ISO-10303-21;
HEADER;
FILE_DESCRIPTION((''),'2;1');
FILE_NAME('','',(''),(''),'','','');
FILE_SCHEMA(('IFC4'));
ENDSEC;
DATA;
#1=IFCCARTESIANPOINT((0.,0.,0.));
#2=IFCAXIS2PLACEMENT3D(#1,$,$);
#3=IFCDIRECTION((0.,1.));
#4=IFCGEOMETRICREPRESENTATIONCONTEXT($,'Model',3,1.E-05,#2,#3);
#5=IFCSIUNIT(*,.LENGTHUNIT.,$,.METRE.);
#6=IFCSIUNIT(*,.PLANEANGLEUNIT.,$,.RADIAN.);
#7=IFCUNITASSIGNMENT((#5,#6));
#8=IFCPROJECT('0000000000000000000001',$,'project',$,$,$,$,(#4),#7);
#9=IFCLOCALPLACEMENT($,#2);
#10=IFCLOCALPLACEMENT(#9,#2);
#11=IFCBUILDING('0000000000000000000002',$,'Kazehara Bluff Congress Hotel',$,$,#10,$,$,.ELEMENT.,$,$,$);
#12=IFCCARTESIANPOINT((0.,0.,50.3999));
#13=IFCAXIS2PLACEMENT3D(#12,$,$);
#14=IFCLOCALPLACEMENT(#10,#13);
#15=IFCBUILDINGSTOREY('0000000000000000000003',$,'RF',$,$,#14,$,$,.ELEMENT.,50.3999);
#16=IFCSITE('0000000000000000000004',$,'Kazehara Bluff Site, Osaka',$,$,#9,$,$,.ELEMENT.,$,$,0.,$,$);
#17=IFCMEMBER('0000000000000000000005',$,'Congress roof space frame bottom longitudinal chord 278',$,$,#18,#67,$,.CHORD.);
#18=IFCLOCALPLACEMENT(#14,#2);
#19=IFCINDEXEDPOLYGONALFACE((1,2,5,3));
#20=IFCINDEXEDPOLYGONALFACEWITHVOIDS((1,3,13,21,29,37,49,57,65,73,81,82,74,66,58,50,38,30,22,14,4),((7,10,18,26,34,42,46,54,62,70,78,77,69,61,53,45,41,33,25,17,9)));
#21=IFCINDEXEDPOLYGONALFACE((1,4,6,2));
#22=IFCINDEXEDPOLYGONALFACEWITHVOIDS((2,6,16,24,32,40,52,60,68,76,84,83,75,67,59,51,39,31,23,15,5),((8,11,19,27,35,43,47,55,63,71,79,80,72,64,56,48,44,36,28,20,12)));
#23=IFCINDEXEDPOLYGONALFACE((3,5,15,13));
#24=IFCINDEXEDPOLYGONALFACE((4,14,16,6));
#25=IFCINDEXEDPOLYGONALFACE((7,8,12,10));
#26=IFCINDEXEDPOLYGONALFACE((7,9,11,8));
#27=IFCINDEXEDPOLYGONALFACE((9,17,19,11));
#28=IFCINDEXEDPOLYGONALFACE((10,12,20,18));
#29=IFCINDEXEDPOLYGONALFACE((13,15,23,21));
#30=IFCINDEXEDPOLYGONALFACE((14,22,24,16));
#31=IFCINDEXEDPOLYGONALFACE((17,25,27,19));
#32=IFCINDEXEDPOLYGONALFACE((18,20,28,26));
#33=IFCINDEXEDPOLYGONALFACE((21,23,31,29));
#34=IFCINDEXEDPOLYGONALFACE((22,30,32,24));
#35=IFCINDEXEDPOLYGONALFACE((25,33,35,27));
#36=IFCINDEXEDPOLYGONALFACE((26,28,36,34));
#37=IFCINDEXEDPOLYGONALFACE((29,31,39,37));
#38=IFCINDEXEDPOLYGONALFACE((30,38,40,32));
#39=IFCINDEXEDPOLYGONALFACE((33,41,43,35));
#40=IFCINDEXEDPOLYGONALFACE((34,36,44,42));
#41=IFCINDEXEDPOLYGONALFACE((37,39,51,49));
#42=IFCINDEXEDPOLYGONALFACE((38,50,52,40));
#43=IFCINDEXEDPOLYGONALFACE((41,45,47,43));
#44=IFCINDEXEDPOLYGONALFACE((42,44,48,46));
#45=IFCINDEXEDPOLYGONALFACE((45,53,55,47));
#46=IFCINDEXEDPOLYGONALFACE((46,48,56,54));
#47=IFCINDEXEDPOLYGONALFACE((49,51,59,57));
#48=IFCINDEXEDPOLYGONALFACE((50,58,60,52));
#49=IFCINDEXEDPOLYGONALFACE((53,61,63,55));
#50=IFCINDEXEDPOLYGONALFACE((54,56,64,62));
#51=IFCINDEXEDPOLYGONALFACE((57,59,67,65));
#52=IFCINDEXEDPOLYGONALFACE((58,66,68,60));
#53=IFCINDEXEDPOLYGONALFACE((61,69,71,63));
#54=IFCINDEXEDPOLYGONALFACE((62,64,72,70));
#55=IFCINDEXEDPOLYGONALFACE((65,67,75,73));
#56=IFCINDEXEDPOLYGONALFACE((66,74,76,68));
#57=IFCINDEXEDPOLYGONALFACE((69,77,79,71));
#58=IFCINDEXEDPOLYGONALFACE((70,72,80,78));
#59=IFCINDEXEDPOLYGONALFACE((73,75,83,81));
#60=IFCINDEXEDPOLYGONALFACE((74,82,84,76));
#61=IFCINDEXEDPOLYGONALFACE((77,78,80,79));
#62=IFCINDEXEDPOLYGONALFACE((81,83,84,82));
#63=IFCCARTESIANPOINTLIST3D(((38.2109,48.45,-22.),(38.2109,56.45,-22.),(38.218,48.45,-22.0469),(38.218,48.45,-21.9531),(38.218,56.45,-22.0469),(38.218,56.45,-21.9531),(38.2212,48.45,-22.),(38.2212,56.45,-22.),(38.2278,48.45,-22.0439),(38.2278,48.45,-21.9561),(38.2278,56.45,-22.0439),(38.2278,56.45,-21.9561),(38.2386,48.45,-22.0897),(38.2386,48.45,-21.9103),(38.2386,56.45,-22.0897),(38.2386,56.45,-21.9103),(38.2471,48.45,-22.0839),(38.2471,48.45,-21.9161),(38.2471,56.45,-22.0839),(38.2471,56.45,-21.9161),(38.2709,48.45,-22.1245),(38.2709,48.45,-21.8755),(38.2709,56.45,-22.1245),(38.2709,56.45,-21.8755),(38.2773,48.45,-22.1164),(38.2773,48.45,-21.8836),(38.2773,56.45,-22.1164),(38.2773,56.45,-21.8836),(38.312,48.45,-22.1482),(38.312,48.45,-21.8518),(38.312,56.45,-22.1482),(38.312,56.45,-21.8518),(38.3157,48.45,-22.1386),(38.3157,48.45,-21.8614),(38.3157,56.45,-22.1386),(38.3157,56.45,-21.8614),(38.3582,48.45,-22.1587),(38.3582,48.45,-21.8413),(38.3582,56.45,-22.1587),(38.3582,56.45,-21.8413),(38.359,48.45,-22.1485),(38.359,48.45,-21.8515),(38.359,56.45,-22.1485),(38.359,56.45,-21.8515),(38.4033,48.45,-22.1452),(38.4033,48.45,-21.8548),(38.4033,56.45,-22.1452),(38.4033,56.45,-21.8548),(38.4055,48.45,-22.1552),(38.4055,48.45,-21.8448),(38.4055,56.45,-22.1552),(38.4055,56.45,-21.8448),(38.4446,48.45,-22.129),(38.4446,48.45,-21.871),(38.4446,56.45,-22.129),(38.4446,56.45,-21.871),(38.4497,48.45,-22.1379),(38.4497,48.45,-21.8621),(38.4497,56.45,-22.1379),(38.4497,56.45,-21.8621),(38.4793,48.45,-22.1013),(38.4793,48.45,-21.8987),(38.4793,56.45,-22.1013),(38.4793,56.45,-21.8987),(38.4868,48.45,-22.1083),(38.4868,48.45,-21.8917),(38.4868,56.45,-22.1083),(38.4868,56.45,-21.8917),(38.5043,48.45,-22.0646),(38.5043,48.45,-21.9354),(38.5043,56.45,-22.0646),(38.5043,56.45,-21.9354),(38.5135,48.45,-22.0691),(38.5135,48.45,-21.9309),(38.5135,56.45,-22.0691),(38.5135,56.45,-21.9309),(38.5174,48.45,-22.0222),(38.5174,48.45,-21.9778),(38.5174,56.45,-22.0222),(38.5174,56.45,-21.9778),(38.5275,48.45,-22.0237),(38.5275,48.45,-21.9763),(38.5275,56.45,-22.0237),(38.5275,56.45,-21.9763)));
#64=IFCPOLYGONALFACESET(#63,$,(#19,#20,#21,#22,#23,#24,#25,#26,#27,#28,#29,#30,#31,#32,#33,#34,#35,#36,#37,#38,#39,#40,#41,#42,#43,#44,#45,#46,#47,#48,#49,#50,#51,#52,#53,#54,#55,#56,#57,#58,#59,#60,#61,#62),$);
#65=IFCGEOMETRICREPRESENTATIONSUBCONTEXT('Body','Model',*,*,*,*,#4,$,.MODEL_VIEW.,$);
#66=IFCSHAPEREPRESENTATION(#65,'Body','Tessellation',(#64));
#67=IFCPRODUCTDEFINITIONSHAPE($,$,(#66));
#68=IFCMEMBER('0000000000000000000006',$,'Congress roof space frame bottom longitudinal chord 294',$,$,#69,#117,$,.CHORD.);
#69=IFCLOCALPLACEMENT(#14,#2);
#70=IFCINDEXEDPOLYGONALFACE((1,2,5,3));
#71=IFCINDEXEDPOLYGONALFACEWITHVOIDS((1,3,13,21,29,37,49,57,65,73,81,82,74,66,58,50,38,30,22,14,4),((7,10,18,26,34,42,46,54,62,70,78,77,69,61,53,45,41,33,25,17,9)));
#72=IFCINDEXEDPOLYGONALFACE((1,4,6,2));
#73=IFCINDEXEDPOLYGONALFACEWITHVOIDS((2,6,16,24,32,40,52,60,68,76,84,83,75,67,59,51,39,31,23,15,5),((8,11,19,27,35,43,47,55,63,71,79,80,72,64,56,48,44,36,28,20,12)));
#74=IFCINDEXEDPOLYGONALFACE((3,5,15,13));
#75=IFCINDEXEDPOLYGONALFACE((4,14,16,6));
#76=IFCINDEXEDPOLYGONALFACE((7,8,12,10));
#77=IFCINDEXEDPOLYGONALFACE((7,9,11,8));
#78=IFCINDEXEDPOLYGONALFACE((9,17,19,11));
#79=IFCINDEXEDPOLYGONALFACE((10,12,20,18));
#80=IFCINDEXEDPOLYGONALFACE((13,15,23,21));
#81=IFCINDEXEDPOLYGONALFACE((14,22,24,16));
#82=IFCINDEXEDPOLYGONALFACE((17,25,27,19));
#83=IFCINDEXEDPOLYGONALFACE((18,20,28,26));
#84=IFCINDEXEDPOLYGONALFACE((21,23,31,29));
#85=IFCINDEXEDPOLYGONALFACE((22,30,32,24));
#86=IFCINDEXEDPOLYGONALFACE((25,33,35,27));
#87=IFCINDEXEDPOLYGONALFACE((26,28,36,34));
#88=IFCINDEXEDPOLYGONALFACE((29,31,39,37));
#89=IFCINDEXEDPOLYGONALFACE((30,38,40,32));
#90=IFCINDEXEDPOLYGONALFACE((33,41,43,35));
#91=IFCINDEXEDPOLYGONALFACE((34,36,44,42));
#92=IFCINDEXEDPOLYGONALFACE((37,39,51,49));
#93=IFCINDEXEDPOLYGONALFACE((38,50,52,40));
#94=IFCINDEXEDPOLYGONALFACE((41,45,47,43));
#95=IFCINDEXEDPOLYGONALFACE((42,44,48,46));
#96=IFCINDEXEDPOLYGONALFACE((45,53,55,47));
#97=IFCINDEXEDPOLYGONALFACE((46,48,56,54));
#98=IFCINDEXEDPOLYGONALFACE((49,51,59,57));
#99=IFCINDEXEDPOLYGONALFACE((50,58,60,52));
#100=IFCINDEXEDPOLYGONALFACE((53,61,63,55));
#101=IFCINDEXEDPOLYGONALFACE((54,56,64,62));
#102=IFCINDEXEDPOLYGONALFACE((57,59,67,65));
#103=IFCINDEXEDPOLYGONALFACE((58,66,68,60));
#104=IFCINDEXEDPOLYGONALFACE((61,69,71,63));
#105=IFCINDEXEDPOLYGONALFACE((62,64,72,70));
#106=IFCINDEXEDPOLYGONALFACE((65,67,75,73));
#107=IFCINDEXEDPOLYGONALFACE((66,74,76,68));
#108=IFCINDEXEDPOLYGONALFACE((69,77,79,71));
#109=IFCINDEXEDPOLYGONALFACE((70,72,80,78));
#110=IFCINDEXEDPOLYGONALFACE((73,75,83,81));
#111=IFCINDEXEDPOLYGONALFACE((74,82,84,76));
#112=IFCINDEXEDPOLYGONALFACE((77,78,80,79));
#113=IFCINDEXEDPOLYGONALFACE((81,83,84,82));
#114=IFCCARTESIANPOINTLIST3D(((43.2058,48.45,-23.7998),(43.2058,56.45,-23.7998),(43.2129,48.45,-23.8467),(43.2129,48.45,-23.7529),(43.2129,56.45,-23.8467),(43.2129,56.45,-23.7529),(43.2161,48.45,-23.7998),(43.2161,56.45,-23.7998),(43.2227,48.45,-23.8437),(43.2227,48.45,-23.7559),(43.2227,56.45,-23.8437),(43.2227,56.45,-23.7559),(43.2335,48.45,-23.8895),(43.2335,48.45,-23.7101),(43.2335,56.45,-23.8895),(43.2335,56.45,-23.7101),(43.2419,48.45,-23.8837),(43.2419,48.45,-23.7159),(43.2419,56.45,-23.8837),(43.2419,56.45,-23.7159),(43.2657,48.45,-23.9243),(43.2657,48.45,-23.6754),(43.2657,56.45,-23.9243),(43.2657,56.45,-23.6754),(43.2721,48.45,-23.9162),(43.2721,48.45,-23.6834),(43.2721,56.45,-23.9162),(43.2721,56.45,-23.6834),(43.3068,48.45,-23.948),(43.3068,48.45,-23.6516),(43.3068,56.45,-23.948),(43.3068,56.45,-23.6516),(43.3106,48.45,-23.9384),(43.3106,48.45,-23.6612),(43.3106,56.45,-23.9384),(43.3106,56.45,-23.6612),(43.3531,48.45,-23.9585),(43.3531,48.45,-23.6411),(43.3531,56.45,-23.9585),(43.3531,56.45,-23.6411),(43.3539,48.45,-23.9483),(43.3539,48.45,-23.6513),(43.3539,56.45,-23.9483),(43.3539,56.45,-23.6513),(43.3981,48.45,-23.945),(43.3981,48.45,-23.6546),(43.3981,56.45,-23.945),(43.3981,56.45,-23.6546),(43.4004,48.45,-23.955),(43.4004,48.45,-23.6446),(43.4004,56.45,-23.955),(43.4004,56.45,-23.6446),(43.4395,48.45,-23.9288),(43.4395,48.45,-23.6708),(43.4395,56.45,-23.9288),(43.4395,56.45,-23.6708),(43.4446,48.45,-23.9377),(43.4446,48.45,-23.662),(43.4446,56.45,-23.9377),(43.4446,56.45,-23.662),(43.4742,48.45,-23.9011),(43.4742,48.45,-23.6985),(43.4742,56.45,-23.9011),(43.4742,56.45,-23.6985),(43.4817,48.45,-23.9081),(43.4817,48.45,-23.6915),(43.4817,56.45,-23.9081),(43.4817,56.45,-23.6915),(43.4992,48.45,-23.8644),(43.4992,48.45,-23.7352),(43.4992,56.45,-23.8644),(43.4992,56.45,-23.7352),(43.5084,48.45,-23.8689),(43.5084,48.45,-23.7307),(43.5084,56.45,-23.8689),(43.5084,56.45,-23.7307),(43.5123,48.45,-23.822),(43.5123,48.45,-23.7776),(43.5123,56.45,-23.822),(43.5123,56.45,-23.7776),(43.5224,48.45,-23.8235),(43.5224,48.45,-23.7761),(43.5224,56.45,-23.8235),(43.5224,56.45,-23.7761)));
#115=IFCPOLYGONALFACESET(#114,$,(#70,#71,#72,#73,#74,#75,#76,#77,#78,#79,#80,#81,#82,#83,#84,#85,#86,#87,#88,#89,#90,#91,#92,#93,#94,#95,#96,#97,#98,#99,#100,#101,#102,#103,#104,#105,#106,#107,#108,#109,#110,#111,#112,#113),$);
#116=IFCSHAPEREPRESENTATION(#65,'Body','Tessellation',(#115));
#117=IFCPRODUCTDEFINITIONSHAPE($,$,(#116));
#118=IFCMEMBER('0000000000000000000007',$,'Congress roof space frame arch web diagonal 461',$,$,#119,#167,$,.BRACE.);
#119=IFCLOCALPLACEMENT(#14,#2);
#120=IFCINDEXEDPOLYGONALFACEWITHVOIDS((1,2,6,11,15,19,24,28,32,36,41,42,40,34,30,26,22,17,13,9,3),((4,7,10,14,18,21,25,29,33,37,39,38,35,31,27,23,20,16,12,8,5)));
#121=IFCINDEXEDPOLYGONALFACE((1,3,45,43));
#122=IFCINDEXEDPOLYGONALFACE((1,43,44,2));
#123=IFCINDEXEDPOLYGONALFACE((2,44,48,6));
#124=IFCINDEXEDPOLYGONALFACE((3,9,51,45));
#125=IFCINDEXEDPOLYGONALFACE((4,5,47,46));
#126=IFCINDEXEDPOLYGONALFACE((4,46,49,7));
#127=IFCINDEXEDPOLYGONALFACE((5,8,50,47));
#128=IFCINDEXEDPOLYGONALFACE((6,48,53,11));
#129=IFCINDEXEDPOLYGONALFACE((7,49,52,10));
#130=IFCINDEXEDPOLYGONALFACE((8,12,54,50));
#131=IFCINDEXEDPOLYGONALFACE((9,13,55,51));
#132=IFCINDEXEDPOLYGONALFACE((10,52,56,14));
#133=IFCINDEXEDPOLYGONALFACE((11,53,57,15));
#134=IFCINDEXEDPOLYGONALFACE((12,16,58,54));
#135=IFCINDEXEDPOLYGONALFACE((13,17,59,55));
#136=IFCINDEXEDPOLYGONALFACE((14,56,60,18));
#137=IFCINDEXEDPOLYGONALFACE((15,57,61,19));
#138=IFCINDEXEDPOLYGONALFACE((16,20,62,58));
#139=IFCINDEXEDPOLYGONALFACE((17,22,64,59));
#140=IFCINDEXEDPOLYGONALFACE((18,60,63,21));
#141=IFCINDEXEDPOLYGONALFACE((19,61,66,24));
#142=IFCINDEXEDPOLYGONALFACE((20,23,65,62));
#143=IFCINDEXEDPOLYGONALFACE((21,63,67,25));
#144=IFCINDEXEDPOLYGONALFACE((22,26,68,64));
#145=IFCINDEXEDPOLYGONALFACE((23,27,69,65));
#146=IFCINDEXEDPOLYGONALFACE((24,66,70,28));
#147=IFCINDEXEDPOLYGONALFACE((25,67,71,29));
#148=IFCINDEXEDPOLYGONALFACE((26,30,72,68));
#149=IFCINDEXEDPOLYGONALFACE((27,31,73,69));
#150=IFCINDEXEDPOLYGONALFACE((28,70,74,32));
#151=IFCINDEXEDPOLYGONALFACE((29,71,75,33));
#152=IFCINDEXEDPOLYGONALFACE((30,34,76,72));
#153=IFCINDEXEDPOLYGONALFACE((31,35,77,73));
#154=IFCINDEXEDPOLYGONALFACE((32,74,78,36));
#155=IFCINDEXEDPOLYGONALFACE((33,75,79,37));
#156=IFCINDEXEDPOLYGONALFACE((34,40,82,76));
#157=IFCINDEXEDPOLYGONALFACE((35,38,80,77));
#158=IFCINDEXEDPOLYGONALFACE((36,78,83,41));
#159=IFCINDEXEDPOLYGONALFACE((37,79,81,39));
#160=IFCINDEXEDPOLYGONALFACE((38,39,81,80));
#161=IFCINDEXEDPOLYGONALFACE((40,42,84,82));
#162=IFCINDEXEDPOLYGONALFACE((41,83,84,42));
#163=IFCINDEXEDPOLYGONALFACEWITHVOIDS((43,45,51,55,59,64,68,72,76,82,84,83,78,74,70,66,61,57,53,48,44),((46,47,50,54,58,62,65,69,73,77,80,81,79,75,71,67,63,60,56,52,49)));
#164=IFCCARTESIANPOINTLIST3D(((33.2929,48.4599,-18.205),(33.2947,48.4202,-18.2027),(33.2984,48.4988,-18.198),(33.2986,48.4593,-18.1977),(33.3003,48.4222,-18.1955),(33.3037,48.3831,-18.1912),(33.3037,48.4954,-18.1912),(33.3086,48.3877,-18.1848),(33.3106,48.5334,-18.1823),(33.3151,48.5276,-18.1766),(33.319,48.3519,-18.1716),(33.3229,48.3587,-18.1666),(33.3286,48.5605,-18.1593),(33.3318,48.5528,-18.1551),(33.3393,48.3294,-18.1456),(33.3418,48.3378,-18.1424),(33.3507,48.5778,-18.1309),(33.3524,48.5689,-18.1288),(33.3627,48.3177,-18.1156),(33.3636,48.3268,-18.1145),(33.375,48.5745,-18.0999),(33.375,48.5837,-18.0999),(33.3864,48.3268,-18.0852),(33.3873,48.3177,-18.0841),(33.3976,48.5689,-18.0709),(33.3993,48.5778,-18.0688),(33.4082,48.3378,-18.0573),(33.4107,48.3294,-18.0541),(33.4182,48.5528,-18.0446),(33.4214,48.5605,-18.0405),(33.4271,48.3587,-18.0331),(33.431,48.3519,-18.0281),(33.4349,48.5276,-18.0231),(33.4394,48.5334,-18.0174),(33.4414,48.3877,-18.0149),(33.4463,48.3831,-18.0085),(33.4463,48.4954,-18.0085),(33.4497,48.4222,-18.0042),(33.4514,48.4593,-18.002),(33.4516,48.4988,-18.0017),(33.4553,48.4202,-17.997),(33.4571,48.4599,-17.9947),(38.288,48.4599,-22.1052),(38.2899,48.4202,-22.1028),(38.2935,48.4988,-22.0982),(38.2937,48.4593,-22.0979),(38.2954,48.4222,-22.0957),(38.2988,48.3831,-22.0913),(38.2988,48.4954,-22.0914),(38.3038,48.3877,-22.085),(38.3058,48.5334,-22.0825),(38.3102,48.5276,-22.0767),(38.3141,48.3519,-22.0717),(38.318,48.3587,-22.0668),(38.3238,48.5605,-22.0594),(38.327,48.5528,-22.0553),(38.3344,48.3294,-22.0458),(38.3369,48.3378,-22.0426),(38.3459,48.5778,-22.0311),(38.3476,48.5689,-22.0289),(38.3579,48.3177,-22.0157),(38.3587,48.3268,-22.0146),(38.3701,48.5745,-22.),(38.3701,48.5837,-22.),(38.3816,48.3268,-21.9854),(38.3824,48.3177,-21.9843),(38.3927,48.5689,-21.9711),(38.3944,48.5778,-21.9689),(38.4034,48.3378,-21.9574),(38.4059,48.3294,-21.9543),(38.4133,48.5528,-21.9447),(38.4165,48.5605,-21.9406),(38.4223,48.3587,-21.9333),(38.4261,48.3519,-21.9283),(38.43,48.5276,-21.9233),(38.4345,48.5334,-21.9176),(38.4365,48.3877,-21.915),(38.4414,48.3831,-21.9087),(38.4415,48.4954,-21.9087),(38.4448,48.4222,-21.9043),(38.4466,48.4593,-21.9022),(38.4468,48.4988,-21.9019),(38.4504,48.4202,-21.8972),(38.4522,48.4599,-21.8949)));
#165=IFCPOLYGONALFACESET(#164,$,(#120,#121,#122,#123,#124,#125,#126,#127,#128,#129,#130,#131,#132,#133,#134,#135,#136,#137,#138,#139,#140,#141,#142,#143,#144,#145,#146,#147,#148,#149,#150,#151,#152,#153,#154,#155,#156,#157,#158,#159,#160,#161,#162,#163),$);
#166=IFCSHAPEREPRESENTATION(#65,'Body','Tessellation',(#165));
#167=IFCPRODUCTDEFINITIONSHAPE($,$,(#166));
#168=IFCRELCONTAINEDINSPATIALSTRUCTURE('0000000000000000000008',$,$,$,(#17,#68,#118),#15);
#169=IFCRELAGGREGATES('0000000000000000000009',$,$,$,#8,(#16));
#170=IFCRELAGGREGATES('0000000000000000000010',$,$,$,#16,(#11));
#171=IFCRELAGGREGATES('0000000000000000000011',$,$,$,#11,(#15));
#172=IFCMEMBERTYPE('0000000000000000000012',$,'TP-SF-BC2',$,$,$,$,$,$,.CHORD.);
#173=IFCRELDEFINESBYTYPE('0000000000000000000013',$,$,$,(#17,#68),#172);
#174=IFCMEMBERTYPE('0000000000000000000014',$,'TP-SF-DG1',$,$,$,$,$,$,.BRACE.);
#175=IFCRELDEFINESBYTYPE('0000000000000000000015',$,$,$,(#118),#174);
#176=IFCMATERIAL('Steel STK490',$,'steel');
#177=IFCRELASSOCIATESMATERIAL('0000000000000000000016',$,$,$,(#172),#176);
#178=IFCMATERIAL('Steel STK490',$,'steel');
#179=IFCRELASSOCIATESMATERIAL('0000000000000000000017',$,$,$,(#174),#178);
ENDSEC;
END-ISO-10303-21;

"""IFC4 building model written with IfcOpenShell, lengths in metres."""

from ifc_helpers import new_model, si_unit, direction, frame, origin, origin_2d, place, context, subcontext, project, spatial, hollow_circle, extrude, material, material_profile, profile_set, type_object, element, save


model = new_model("IFC4")

# Units and contexts
model_context = context("Model", 3, precision=1e-05, world=origin(), true_north=direction((0.0, 1.0)))
body_context = subcontext(model_context, "Body", "Model", "MODEL_VIEW")
ifc_project = project(units=[si_unit("LENGTHUNIT", "METRE"), si_unit("PLANEANGLEUNIT", "RADIAN")], contexts=[model_context])

# Site, building, storey
site_placement = place(None, origin())
site = spatial("IfcSite", under=ifc_project, at=site_placement, Name="Kazehara Bluff Site, Osaka", CompositionType="ELEMENT", RefElevation=0.0)
building_placement = place(site_placement, origin())
building = spatial("IfcBuilding", under=site, at=building_placement, Name="Kazehara Bluff Congress Hotel", CompositionType="ELEMENT")
storey_placement = place(building_placement, frame((0.0, 0.0, 50.3999)))
storey = spatial("IfcBuildingStorey", under=building, at=storey_placement, Name="RF", CompositionType="ELEMENT", Elevation=50.3999)

# Members
ifc_material_1 = material(Name="Steel STK490", Category="steel")
ifc_material_profile_1 = material_profile(ifc_material_1, hollow_circle(Radius=0.1592, WallThickness=0.0103, at=origin_2d()))
ifc_profile_set_1 = profile_set([ifc_material_profile_1], Name="Steel STK490")
member_type_1 = type_object("IfcMemberType", Name="TP-SF-BC2", PredefinedType="CHORD", material=ifc_profile_set_1)
for number, where, z_axis, x_axis, name in (
    (1, (38.3701, 48.45, -22.0), (0.0, 1.0, 0.0), (-1.0, 0.0, 0.0), "Congress roof space frame bottom longitudinal chord 278"),
    (2, (43.365, 48.45, -23.7998), (0.0, 1.0, 0.0), (-1.0, 0.0, 0.0), "Congress roof space frame bottom longitudinal chord 294"),
):
    element("IfcMember", number, at=place(storey_placement, frame(where, z_axis=z_axis, x_axis=x_axis)), inside=storey, type_object=member_type_1, Name=name, PredefinedType="CHORD", context=body_context, shape_type="SweptSolid", body=[
        extrude(hollow_circle(Radius=0.1592, WallThickness=0.0103, at=origin_2d()), origin(), (0.0, 0.0, 1.0), 8.0),
    ])
ifc_material_2 = material(Name="Steel STK490", Category="steel")
ifc_material_profile_2 = material_profile(ifc_material_2, hollow_circle(Radius=0.1338, WallThickness=0.0093, at=origin_2d()))
ifc_profile_set_2 = profile_set([ifc_material_profile_2], Name="Steel STK490")
member_type_2 = type_object("IfcMemberType", Name="TP-SF-DG1", PredefinedType="BRACE", material=ifc_profile_set_2)
member_1_placement = place(storey_placement, frame((33.375, 48.45, -18.0999), z_axis=(0.7882, 0.0, -0.61542), x_axis=(0.0, 1.0, 0.0)))
element("IfcMember", 3, at=member_1_placement, inside=storey, type_object=member_type_2, Name="Congress roof space frame arch web diagonal 461", PredefinedType="BRACE", context=body_context, shape_type="SweptSolid", body=[
    extrude(hollow_circle(Radius=0.1338, WallThickness=0.0093, at=origin_2d()), origin(), (0.0, 0.0, 1.0), 6.3374),
])

save(model, "model.ifc")
